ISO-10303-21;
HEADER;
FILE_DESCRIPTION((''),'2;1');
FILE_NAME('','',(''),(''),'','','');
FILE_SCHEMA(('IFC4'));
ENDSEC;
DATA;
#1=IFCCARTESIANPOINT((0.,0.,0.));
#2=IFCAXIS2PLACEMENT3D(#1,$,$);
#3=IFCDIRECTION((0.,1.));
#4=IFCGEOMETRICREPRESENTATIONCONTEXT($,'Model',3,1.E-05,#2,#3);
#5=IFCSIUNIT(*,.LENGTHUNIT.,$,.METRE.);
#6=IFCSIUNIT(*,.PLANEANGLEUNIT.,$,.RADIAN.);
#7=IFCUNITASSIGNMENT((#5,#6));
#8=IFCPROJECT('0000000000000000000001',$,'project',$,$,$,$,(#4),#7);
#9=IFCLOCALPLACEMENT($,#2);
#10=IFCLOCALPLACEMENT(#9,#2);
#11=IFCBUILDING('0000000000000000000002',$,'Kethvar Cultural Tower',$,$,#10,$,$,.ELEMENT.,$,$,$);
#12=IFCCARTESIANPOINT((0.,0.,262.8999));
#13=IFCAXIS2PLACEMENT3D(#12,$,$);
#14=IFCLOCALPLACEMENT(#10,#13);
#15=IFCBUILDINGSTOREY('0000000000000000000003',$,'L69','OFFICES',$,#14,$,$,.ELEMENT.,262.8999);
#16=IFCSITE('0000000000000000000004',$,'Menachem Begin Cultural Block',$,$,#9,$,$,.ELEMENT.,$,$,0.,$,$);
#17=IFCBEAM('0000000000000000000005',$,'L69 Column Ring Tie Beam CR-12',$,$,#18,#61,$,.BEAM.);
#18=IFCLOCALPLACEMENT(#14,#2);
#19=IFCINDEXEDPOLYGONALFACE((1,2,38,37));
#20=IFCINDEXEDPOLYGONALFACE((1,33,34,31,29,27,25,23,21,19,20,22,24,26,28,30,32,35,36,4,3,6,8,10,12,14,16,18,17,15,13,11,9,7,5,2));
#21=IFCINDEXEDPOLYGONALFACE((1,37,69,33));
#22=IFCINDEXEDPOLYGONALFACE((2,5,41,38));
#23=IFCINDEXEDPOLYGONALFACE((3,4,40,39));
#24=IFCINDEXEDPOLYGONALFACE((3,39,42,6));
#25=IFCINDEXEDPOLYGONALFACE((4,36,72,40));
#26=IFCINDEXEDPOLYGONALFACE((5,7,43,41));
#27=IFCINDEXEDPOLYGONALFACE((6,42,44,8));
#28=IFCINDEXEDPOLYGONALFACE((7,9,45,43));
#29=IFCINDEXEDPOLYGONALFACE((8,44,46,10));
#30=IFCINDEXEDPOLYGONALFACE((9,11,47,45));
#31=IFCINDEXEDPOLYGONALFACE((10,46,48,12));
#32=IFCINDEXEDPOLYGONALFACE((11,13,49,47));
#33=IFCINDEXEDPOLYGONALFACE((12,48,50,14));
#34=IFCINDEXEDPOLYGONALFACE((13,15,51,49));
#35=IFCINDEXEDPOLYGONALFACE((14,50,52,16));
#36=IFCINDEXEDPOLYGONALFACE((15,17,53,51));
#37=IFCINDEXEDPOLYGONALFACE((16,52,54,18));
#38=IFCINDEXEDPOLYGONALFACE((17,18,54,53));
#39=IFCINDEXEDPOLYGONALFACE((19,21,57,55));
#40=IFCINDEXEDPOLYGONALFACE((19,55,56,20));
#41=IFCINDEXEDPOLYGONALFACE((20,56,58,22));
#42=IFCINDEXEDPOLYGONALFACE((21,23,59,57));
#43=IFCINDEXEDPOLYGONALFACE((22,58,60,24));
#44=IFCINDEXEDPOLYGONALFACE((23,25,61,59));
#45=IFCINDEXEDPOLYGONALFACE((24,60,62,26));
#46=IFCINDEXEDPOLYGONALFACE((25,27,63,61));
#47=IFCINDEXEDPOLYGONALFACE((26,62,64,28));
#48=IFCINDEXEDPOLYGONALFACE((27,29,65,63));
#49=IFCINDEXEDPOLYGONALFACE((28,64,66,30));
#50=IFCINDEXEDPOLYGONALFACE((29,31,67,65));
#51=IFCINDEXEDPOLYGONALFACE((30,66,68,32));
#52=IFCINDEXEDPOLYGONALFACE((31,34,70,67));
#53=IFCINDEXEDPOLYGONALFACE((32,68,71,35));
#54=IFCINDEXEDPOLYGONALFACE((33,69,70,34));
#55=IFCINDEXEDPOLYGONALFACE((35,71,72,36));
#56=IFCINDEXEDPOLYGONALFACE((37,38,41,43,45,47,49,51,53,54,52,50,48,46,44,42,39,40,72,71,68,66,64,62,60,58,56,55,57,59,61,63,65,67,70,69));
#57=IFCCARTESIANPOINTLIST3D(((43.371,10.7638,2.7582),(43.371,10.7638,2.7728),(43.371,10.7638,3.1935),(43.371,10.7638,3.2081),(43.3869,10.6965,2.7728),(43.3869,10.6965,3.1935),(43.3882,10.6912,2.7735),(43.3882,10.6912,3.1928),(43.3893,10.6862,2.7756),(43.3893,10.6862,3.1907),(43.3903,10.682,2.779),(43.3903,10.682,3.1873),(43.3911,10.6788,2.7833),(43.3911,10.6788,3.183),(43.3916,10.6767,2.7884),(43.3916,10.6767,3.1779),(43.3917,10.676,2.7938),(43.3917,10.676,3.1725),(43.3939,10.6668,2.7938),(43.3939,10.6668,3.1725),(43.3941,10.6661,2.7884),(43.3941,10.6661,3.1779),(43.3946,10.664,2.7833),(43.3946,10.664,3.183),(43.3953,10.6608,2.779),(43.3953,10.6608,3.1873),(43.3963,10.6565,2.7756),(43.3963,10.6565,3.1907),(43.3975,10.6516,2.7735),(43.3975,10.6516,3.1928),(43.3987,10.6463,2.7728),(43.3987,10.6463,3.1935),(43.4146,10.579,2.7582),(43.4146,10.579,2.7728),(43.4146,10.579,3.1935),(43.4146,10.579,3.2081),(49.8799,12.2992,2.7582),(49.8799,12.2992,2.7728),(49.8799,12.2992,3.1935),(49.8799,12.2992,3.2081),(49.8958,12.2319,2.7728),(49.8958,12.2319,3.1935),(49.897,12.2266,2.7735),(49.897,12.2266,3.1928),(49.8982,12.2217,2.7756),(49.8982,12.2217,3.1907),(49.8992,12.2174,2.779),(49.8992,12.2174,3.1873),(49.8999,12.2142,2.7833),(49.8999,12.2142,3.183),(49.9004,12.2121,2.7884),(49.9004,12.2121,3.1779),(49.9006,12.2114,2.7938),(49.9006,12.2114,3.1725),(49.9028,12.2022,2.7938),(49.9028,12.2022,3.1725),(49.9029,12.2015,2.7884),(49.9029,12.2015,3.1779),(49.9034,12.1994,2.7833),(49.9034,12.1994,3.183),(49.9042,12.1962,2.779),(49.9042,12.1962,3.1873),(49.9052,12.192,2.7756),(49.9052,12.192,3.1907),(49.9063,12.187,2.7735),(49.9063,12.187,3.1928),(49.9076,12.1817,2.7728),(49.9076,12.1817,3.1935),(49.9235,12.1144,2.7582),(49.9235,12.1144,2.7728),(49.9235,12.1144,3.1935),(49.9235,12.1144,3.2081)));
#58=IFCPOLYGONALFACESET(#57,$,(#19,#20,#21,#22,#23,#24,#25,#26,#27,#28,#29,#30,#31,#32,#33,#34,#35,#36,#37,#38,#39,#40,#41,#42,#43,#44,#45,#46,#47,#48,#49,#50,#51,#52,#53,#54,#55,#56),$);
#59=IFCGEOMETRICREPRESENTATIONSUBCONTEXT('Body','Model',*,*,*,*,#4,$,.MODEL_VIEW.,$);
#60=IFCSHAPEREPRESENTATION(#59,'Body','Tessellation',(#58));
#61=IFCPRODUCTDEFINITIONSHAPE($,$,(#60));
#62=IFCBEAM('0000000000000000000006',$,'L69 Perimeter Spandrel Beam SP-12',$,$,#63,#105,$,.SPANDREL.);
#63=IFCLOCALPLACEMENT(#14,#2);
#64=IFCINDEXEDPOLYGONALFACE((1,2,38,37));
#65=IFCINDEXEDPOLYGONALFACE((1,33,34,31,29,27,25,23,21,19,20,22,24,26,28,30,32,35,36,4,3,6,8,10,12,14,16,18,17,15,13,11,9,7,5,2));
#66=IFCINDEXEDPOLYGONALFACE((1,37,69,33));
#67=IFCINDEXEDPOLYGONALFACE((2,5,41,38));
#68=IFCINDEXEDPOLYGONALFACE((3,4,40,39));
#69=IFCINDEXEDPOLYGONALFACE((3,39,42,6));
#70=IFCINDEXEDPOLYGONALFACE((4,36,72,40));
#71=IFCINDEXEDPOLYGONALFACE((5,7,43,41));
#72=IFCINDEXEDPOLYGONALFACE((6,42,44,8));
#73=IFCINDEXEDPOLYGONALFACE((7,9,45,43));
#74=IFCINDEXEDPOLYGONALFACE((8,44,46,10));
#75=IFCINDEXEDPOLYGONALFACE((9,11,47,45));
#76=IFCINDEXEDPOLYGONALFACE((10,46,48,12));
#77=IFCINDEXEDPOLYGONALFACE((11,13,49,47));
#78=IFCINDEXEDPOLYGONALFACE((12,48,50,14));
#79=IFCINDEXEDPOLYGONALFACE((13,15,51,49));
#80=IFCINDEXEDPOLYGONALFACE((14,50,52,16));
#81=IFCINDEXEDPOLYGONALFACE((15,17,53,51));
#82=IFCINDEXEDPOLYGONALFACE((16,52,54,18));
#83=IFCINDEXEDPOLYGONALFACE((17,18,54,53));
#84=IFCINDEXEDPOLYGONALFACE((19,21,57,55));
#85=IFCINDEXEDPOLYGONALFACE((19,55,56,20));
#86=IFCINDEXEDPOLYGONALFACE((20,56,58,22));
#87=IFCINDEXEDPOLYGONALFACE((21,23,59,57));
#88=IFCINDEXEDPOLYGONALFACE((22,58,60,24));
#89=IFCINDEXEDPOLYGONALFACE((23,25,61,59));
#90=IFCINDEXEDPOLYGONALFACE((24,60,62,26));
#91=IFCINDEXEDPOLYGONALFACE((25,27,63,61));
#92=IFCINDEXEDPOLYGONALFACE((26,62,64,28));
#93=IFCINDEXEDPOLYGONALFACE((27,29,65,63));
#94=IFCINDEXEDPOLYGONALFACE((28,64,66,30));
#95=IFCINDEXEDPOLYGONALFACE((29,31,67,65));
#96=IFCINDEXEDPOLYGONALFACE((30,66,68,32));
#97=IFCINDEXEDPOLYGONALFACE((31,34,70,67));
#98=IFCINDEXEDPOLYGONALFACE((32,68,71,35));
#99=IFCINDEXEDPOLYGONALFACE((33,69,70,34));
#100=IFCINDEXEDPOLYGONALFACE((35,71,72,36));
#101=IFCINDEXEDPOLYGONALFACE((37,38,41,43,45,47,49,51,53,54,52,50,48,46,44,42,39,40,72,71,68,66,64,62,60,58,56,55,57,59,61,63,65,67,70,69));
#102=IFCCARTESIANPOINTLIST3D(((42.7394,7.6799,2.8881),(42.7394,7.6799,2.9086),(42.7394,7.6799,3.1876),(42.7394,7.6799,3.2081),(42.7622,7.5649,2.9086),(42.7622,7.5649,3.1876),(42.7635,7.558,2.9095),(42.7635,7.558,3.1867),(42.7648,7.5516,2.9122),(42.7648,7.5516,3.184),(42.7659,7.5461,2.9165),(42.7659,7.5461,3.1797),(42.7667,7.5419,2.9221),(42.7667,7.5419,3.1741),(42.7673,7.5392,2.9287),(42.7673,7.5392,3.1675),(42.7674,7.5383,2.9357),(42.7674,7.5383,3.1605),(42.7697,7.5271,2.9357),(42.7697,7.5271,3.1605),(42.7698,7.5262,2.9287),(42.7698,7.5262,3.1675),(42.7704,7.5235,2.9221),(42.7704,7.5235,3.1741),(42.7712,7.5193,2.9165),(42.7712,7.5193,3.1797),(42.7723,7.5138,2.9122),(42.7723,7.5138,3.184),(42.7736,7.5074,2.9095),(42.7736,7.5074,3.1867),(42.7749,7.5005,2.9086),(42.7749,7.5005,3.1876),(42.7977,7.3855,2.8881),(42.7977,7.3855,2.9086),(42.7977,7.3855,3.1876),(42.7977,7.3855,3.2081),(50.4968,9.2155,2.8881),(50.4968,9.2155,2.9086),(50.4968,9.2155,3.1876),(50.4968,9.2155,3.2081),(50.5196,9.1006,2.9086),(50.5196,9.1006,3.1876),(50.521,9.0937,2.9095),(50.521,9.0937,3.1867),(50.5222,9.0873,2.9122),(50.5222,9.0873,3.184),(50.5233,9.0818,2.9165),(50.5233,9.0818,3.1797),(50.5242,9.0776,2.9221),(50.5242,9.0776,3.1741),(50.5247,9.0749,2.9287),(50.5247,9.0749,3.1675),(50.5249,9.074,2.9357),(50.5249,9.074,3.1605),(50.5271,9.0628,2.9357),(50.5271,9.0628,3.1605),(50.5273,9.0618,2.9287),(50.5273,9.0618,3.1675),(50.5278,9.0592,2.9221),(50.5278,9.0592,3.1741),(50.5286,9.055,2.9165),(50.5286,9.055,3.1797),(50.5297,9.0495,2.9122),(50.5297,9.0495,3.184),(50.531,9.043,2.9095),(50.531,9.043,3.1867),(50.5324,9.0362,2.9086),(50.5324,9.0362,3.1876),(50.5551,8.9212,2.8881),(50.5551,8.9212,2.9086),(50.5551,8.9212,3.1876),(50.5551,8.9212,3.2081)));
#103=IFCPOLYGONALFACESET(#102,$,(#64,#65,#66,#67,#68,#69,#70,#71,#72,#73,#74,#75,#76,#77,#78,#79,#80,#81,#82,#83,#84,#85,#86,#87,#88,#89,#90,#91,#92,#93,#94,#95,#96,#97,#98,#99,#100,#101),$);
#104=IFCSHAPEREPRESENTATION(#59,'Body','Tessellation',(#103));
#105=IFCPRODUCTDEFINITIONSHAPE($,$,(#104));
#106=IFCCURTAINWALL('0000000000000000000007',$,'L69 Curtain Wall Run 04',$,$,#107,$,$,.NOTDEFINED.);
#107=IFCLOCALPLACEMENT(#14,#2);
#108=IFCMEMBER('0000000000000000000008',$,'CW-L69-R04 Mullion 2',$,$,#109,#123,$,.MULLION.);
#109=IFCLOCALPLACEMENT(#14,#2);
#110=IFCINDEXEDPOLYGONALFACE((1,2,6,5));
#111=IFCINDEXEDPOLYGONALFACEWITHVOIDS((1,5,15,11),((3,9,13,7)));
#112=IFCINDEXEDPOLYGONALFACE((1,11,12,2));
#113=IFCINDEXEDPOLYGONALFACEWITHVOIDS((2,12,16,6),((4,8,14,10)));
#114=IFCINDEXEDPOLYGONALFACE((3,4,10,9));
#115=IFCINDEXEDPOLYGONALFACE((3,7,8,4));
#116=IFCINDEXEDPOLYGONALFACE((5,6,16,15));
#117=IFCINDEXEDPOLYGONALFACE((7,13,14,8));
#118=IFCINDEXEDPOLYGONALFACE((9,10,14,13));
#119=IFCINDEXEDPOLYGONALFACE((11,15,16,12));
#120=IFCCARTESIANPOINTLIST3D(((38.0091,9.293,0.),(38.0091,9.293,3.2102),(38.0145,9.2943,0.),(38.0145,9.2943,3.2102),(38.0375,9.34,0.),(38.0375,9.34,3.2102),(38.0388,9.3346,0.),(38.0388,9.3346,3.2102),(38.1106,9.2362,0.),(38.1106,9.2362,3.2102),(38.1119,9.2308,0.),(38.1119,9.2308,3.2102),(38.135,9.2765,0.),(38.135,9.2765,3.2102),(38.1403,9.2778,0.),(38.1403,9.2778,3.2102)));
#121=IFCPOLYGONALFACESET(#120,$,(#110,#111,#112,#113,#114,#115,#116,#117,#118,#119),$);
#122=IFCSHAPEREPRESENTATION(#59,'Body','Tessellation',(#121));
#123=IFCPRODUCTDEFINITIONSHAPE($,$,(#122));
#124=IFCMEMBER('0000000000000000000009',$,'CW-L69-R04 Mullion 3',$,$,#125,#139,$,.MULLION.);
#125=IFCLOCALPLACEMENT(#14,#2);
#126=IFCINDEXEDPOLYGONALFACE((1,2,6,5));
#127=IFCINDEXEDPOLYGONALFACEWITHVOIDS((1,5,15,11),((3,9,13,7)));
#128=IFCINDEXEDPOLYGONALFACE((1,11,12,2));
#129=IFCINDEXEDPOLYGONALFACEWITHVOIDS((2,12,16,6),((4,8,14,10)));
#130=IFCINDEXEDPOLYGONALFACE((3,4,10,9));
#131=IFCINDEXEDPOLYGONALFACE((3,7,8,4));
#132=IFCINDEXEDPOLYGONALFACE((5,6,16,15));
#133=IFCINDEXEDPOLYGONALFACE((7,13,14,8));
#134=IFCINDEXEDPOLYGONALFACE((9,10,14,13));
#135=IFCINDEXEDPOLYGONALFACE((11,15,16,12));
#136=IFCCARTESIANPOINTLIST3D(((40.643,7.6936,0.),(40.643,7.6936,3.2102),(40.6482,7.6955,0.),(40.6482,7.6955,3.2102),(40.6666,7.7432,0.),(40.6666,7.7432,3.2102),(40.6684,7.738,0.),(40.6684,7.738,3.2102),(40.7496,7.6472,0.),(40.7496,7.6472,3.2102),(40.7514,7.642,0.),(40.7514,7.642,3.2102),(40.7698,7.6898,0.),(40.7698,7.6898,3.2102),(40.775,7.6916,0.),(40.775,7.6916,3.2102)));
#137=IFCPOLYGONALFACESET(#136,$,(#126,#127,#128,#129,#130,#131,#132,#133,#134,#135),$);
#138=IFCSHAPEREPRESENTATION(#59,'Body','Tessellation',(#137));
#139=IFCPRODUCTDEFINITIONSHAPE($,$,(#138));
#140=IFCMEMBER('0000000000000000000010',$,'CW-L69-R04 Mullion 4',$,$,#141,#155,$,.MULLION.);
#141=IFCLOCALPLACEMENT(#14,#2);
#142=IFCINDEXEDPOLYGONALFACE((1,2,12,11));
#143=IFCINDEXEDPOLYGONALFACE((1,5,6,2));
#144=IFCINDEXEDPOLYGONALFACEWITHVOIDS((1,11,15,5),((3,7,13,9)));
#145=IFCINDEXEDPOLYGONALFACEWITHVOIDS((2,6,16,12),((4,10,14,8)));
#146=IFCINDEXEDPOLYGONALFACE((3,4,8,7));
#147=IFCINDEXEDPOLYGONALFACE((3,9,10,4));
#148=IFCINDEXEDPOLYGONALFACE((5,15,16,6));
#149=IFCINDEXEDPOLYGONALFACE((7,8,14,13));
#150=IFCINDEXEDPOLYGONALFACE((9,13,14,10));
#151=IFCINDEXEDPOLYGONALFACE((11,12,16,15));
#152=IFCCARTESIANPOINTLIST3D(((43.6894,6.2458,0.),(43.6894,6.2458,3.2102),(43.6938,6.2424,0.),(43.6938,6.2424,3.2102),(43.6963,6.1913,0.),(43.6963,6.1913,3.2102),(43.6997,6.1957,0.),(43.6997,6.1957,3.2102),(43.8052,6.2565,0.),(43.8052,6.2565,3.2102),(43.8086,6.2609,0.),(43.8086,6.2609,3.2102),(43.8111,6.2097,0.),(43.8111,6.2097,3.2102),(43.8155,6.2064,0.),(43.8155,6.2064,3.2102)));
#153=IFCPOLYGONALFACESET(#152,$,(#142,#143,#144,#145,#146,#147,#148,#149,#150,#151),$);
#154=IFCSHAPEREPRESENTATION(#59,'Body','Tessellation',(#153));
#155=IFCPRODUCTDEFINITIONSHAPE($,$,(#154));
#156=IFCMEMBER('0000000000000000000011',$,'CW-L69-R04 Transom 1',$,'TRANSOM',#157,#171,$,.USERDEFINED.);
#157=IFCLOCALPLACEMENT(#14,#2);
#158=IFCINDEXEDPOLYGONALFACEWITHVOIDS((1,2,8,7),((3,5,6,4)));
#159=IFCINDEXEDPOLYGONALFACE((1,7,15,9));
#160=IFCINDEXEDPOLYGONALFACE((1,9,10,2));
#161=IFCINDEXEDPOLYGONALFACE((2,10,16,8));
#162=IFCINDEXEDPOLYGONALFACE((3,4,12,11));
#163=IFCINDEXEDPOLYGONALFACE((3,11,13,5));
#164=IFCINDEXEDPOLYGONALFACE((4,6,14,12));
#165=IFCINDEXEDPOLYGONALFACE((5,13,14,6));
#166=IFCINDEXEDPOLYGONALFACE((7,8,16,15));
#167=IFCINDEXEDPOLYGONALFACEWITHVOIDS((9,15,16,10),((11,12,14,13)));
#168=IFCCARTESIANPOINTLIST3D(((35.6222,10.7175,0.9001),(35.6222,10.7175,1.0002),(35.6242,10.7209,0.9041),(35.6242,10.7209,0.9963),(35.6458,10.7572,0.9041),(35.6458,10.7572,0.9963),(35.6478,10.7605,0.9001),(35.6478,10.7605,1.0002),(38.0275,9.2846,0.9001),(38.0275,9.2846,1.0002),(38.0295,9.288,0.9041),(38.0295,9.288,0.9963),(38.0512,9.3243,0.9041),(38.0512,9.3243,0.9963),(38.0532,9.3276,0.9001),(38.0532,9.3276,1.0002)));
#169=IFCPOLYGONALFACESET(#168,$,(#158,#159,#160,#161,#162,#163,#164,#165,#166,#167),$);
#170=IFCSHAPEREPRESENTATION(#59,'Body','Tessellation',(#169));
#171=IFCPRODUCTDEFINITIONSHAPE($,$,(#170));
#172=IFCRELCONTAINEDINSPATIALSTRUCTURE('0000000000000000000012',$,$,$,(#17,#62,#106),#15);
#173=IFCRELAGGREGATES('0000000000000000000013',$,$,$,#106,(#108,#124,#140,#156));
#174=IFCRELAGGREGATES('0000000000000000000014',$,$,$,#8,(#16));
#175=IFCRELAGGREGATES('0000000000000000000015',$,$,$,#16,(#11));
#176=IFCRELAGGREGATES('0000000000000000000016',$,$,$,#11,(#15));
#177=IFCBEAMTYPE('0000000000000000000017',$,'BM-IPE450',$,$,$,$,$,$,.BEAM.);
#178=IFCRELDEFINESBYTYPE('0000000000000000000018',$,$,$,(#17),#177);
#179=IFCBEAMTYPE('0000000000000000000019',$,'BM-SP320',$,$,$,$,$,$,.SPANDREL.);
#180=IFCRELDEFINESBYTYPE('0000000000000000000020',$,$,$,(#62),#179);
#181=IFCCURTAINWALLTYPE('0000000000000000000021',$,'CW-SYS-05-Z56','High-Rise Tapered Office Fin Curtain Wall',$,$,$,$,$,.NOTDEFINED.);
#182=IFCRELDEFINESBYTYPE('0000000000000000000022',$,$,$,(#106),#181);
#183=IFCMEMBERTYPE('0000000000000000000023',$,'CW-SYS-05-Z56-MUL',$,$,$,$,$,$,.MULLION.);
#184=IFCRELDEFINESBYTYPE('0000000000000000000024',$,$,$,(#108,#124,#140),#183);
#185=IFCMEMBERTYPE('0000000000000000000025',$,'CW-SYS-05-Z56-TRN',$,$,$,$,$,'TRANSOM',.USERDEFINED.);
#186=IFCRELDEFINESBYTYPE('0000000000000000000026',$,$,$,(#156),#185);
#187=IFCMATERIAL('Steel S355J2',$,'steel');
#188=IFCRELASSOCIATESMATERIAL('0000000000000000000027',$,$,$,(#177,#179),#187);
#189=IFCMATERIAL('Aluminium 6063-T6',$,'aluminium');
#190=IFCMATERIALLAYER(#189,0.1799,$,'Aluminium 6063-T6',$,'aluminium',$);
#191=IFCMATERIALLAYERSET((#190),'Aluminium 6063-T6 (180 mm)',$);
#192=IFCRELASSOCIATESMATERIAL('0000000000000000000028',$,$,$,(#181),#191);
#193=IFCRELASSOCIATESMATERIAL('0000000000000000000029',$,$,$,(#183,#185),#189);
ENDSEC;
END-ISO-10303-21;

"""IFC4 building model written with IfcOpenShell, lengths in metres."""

from ifc_helpers import new_model, si_unit, direction, frame, origin, origin_2d, place, context, subcontext, project, spatial, hollow_rectangle, i_section, extrude, source, transform, mapped, material, layer, layer_set, material_profile, profile_set, type_object, element, aggregate, save


model = new_model("IFC4")

# Units and contexts
model_context = context("Model", 3, precision=1e-05, world=origin(), true_north=direction((0.0, 1.0)))
body_context = subcontext(model_context, "Body", "Model", "MODEL_VIEW")
ifc_project = project(units=[si_unit("LENGTHUNIT", "METRE"), si_unit("PLANEANGLEUNIT", "RADIAN")], contexts=[model_context])

# Site, building, storey
site_placement = place(None, origin())
site = spatial("IfcSite", under=ifc_project, at=site_placement, Name="Menachem Begin Cultural Block", CompositionType="ELEMENT", RefElevation=0.0)
building_placement = place(site_placement, origin())
building = spatial("IfcBuilding", under=site, at=building_placement, Name="Kethvar Cultural Tower", CompositionType="ELEMENT")
storey_placement = place(building_placement, frame((0.0, 0.0, 262.8999)))
storey = spatial("IfcBuildingStorey", under=building, at=storey_placement, Name="L69", Description="OFFICES", CompositionType="ELEMENT", Elevation=262.8999)

# Beams
ifc_material_1 = material(Name="Steel S355J2", Category="steel")
ifc_material_profile_1 = material_profile(ifc_material_1, i_section(OverallWidth=0.1899, OverallDepth=0.45, WebThickness=0.0095, FlangeThickness=0.0146, FilletRadius=0.021, at=origin_2d()), Name="Steel S355J2 — IPE450")
ifc_profile_set_1 = profile_set([ifc_material_profile_1], Name="Steel S355J2 — IPE450")
beam_type_1 = type_object("IfcBeamType", Name="BM-IPE450", PredefinedType="BEAM", material=ifc_profile_set_1)
ifc_material_profile_2 = material_profile(ifc_material_1, i_section(OverallWidth=0.3, OverallDepth=0.3201, WebThickness=0.0115, FlangeThickness=0.0205, FilletRadius=0.0271, at=origin_2d()), Name="Steel S355J2 — HEB320")
ifc_profile_set_2 = profile_set([ifc_material_profile_2], Name="Steel S355J2 — HEB320")
beam_type_2 = type_object("IfcBeamType", Name="BM-SP320", PredefinedType="SPANDREL", material=ifc_profile_set_2)
shared_shape_1 = source(origin(), body_context, "Body", "SweptSolid", [
    extrude(i_section(OverallWidth=0.1899, OverallDepth=0.45, WebThickness=0.0095, FlangeThickness=0.0146, FilletRadius=0.021, at=origin_2d()), origin(), (0.0, 0.0, 1.0), 6.6875),
])
beam_1_placement = place(storey_placement, frame((43.3928, 10.6714, 2.9832), z_axis=(0.973286, 0.229595, 0.0), x_axis=(-0.229595, 0.973286, 0.0)))
element("IfcBeam", 1, at=beam_1_placement, inside=storey, type_object=beam_type_1, Name="L69 Column Ring Tie Beam CR-12", PredefinedType="BEAM", context=body_context, shape_type="MappedRepresentation", body=[
    mapped(shared_shape_1, transform((0.0, 0.0, 0.0), scale=1.0)),
])
shared_shape_2 = source(origin(), body_context, "Body", "SweptSolid", [
    extrude(i_section(OverallWidth=0.3, OverallDepth=0.3201, WebThickness=0.0115, FlangeThickness=0.0205, FilletRadius=0.0271, at=origin_2d()), origin(), (0.0, 0.0, 1.0), 7.908),
])
beam_2_placement = place(storey_placement, frame((42.7686, 7.5327, 3.0481), z_axis=(0.980964, 0.194192, 0.0), x_axis=(-0.194192, 0.980964, 0.0)))
element("IfcBeam", 2, at=beam_2_placement, inside=storey, type_object=beam_type_2, Name="L69 Perimeter Spandrel Beam SP-12", PredefinedType="SPANDREL", context=body_context, shape_type="MappedRepresentation", body=[
    mapped(shared_shape_2, transform((0.0, 0.0, 0.0), scale=1.0)),
])

# Curtain wall, members
ifc_material_2 = material(Name="Aluminium 6063-T6", Category="aluminium")
ifc_layer_1 = layer(ifc_material_2, 0.1799, Name="Aluminium 6063-T6", Category="aluminium")
ifc_layer_set_1 = layer_set([ifc_layer_1], Name="Aluminium 6063-T6 (180 mm)")
curtain_wall_type = type_object("IfcCurtainWallType", Name="CW-SYS-05-Z56", Description="High-Rise Tapered Office Fin Curtain Wall", PredefinedType="NOTDEFINED", material=ifc_layer_set_1)
curtain_wall_placement = place(storey_placement, origin())
curtain_wall = element("IfcCurtainWall", 3, at=curtain_wall_placement, inside=storey, type_object=curtain_wall_type, Name="L69 Curtain Wall Run 04", PredefinedType="NOTDEFINED")
ifc_material_profile_3 = material_profile(ifc_material_2, hollow_rectangle(XDim=0.0549, YDim=0.1201, WallThickness=0.0039, at=origin_2d()), Name="Aluminium 6063-T6 — RHS120x55x4")
ifc_profile_set_3 = profile_set([ifc_material_profile_3], Name="Aluminium 6063-T6 — RHS120x55x4")
member_type_1 = type_object("IfcMemberType", Name="CW-SYS-05-Z56-MUL", PredefinedType="MULLION", material=ifc_profile_set_3)
shared_shape_3 = source(origin(), body_context, "Body", "SweptSolid", [
    extrude(hollow_rectangle(XDim=0.0549, YDim=0.1201, WallThickness=0.0039, at=origin_2d()), origin(), (0.0, 0.0, 1.0), 3.2102),
])
member_1_placement = place(storey_placement, frame((38.0747, 9.2854, 0.0), z_axis=(0.0, 0.0, 1.0), x_axis=(0.51728, 0.855816, 0.0)))
member_1 = element("IfcMember", 4, at=member_1_placement, type_object=member_type_1, Name="CW-L69-R04 Mullion 2", PredefinedType="MULLION", context=body_context, shape_type="MappedRepresentation", body=[
    mapped(shared_shape_3, transform((0.0, 0.0, 0.0), scale=1.0)),
])
member_2_placement = place(storey_placement, frame((40.709, 7.6926, 0.0), z_axis=(0.0, 0.0, 1.0), x_axis=(0.429897, 0.902878, 0.0)))
member_2 = element("IfcMember", 5, at=member_2_placement, type_object=member_type_1, Name="CW-L69-R04 Mullion 3", PredefinedType="MULLION", context=body_context, shape_type="MappedRepresentation", body=[
    mapped(shared_shape_3, transform((0.0, 0.0, 0.0), scale=1.0)),
])
member_3_placement = place(storey_placement, frame((43.7524, 6.2261, 0.0), z_axis=(0.0, 0.0, 1.0), x_axis=(-0.125368, 0.99211, 0.0)))
member_3 = element("IfcMember", 6, at=member_3_placement, type_object=member_type_1, Name="CW-L69-R04 Mullion 4", PredefinedType="MULLION", context=body_context, shape_type="MappedRepresentation", body=[
    mapped(shared_shape_3, transform((0.0, 0.0, 0.0), scale=1.0)),
])
ifc_material_profile_4 = material_profile(ifc_material_2, hollow_rectangle(XDim=0.05, YDim=0.1001, WallThickness=0.0039, at=origin_2d()), Name="Aluminium 6063-T6 — RHS100x50x4")
ifc_profile_set_4 = profile_set([ifc_material_profile_4], Name="Aluminium 6063-T6 — RHS100x50x4")
member_type_2 = type_object("IfcMemberType", Name="CW-SYS-05-Z56-TRN", ElementType="TRANSOM", PredefinedType="USERDEFINED", material=ifc_profile_set_4)
shared_shape_4 = source(origin(), body_context, "Body", "SweptSolid", [
    extrude(hollow_rectangle(XDim=0.05, YDim=0.1001, WallThickness=0.0039, at=origin_2d()), origin(), (0.0, 0.0, 1.0), 2.7998),
])
member_4_placement = place(storey_placement, frame((35.635, 10.739, 0.9502), z_axis=(0.859112, -0.511787, 0.0), x_axis=(0.511787, 0.859112, 0.0)))
member_4 = element("IfcMember", 7, at=member_4_placement, type_object=member_type_2, Name="CW-L69-R04 Transom 1", ObjectType="TRANSOM", PredefinedType="USERDEFINED", context=body_context, shape_type="MappedRepresentation", body=[
    mapped(shared_shape_4, transform((0.0, 0.0, 0.0), scale=1.0)),
])
aggregate(curtain_wall, [member_1, member_2, member_3, member_4])

save(model, "model.ifc")
